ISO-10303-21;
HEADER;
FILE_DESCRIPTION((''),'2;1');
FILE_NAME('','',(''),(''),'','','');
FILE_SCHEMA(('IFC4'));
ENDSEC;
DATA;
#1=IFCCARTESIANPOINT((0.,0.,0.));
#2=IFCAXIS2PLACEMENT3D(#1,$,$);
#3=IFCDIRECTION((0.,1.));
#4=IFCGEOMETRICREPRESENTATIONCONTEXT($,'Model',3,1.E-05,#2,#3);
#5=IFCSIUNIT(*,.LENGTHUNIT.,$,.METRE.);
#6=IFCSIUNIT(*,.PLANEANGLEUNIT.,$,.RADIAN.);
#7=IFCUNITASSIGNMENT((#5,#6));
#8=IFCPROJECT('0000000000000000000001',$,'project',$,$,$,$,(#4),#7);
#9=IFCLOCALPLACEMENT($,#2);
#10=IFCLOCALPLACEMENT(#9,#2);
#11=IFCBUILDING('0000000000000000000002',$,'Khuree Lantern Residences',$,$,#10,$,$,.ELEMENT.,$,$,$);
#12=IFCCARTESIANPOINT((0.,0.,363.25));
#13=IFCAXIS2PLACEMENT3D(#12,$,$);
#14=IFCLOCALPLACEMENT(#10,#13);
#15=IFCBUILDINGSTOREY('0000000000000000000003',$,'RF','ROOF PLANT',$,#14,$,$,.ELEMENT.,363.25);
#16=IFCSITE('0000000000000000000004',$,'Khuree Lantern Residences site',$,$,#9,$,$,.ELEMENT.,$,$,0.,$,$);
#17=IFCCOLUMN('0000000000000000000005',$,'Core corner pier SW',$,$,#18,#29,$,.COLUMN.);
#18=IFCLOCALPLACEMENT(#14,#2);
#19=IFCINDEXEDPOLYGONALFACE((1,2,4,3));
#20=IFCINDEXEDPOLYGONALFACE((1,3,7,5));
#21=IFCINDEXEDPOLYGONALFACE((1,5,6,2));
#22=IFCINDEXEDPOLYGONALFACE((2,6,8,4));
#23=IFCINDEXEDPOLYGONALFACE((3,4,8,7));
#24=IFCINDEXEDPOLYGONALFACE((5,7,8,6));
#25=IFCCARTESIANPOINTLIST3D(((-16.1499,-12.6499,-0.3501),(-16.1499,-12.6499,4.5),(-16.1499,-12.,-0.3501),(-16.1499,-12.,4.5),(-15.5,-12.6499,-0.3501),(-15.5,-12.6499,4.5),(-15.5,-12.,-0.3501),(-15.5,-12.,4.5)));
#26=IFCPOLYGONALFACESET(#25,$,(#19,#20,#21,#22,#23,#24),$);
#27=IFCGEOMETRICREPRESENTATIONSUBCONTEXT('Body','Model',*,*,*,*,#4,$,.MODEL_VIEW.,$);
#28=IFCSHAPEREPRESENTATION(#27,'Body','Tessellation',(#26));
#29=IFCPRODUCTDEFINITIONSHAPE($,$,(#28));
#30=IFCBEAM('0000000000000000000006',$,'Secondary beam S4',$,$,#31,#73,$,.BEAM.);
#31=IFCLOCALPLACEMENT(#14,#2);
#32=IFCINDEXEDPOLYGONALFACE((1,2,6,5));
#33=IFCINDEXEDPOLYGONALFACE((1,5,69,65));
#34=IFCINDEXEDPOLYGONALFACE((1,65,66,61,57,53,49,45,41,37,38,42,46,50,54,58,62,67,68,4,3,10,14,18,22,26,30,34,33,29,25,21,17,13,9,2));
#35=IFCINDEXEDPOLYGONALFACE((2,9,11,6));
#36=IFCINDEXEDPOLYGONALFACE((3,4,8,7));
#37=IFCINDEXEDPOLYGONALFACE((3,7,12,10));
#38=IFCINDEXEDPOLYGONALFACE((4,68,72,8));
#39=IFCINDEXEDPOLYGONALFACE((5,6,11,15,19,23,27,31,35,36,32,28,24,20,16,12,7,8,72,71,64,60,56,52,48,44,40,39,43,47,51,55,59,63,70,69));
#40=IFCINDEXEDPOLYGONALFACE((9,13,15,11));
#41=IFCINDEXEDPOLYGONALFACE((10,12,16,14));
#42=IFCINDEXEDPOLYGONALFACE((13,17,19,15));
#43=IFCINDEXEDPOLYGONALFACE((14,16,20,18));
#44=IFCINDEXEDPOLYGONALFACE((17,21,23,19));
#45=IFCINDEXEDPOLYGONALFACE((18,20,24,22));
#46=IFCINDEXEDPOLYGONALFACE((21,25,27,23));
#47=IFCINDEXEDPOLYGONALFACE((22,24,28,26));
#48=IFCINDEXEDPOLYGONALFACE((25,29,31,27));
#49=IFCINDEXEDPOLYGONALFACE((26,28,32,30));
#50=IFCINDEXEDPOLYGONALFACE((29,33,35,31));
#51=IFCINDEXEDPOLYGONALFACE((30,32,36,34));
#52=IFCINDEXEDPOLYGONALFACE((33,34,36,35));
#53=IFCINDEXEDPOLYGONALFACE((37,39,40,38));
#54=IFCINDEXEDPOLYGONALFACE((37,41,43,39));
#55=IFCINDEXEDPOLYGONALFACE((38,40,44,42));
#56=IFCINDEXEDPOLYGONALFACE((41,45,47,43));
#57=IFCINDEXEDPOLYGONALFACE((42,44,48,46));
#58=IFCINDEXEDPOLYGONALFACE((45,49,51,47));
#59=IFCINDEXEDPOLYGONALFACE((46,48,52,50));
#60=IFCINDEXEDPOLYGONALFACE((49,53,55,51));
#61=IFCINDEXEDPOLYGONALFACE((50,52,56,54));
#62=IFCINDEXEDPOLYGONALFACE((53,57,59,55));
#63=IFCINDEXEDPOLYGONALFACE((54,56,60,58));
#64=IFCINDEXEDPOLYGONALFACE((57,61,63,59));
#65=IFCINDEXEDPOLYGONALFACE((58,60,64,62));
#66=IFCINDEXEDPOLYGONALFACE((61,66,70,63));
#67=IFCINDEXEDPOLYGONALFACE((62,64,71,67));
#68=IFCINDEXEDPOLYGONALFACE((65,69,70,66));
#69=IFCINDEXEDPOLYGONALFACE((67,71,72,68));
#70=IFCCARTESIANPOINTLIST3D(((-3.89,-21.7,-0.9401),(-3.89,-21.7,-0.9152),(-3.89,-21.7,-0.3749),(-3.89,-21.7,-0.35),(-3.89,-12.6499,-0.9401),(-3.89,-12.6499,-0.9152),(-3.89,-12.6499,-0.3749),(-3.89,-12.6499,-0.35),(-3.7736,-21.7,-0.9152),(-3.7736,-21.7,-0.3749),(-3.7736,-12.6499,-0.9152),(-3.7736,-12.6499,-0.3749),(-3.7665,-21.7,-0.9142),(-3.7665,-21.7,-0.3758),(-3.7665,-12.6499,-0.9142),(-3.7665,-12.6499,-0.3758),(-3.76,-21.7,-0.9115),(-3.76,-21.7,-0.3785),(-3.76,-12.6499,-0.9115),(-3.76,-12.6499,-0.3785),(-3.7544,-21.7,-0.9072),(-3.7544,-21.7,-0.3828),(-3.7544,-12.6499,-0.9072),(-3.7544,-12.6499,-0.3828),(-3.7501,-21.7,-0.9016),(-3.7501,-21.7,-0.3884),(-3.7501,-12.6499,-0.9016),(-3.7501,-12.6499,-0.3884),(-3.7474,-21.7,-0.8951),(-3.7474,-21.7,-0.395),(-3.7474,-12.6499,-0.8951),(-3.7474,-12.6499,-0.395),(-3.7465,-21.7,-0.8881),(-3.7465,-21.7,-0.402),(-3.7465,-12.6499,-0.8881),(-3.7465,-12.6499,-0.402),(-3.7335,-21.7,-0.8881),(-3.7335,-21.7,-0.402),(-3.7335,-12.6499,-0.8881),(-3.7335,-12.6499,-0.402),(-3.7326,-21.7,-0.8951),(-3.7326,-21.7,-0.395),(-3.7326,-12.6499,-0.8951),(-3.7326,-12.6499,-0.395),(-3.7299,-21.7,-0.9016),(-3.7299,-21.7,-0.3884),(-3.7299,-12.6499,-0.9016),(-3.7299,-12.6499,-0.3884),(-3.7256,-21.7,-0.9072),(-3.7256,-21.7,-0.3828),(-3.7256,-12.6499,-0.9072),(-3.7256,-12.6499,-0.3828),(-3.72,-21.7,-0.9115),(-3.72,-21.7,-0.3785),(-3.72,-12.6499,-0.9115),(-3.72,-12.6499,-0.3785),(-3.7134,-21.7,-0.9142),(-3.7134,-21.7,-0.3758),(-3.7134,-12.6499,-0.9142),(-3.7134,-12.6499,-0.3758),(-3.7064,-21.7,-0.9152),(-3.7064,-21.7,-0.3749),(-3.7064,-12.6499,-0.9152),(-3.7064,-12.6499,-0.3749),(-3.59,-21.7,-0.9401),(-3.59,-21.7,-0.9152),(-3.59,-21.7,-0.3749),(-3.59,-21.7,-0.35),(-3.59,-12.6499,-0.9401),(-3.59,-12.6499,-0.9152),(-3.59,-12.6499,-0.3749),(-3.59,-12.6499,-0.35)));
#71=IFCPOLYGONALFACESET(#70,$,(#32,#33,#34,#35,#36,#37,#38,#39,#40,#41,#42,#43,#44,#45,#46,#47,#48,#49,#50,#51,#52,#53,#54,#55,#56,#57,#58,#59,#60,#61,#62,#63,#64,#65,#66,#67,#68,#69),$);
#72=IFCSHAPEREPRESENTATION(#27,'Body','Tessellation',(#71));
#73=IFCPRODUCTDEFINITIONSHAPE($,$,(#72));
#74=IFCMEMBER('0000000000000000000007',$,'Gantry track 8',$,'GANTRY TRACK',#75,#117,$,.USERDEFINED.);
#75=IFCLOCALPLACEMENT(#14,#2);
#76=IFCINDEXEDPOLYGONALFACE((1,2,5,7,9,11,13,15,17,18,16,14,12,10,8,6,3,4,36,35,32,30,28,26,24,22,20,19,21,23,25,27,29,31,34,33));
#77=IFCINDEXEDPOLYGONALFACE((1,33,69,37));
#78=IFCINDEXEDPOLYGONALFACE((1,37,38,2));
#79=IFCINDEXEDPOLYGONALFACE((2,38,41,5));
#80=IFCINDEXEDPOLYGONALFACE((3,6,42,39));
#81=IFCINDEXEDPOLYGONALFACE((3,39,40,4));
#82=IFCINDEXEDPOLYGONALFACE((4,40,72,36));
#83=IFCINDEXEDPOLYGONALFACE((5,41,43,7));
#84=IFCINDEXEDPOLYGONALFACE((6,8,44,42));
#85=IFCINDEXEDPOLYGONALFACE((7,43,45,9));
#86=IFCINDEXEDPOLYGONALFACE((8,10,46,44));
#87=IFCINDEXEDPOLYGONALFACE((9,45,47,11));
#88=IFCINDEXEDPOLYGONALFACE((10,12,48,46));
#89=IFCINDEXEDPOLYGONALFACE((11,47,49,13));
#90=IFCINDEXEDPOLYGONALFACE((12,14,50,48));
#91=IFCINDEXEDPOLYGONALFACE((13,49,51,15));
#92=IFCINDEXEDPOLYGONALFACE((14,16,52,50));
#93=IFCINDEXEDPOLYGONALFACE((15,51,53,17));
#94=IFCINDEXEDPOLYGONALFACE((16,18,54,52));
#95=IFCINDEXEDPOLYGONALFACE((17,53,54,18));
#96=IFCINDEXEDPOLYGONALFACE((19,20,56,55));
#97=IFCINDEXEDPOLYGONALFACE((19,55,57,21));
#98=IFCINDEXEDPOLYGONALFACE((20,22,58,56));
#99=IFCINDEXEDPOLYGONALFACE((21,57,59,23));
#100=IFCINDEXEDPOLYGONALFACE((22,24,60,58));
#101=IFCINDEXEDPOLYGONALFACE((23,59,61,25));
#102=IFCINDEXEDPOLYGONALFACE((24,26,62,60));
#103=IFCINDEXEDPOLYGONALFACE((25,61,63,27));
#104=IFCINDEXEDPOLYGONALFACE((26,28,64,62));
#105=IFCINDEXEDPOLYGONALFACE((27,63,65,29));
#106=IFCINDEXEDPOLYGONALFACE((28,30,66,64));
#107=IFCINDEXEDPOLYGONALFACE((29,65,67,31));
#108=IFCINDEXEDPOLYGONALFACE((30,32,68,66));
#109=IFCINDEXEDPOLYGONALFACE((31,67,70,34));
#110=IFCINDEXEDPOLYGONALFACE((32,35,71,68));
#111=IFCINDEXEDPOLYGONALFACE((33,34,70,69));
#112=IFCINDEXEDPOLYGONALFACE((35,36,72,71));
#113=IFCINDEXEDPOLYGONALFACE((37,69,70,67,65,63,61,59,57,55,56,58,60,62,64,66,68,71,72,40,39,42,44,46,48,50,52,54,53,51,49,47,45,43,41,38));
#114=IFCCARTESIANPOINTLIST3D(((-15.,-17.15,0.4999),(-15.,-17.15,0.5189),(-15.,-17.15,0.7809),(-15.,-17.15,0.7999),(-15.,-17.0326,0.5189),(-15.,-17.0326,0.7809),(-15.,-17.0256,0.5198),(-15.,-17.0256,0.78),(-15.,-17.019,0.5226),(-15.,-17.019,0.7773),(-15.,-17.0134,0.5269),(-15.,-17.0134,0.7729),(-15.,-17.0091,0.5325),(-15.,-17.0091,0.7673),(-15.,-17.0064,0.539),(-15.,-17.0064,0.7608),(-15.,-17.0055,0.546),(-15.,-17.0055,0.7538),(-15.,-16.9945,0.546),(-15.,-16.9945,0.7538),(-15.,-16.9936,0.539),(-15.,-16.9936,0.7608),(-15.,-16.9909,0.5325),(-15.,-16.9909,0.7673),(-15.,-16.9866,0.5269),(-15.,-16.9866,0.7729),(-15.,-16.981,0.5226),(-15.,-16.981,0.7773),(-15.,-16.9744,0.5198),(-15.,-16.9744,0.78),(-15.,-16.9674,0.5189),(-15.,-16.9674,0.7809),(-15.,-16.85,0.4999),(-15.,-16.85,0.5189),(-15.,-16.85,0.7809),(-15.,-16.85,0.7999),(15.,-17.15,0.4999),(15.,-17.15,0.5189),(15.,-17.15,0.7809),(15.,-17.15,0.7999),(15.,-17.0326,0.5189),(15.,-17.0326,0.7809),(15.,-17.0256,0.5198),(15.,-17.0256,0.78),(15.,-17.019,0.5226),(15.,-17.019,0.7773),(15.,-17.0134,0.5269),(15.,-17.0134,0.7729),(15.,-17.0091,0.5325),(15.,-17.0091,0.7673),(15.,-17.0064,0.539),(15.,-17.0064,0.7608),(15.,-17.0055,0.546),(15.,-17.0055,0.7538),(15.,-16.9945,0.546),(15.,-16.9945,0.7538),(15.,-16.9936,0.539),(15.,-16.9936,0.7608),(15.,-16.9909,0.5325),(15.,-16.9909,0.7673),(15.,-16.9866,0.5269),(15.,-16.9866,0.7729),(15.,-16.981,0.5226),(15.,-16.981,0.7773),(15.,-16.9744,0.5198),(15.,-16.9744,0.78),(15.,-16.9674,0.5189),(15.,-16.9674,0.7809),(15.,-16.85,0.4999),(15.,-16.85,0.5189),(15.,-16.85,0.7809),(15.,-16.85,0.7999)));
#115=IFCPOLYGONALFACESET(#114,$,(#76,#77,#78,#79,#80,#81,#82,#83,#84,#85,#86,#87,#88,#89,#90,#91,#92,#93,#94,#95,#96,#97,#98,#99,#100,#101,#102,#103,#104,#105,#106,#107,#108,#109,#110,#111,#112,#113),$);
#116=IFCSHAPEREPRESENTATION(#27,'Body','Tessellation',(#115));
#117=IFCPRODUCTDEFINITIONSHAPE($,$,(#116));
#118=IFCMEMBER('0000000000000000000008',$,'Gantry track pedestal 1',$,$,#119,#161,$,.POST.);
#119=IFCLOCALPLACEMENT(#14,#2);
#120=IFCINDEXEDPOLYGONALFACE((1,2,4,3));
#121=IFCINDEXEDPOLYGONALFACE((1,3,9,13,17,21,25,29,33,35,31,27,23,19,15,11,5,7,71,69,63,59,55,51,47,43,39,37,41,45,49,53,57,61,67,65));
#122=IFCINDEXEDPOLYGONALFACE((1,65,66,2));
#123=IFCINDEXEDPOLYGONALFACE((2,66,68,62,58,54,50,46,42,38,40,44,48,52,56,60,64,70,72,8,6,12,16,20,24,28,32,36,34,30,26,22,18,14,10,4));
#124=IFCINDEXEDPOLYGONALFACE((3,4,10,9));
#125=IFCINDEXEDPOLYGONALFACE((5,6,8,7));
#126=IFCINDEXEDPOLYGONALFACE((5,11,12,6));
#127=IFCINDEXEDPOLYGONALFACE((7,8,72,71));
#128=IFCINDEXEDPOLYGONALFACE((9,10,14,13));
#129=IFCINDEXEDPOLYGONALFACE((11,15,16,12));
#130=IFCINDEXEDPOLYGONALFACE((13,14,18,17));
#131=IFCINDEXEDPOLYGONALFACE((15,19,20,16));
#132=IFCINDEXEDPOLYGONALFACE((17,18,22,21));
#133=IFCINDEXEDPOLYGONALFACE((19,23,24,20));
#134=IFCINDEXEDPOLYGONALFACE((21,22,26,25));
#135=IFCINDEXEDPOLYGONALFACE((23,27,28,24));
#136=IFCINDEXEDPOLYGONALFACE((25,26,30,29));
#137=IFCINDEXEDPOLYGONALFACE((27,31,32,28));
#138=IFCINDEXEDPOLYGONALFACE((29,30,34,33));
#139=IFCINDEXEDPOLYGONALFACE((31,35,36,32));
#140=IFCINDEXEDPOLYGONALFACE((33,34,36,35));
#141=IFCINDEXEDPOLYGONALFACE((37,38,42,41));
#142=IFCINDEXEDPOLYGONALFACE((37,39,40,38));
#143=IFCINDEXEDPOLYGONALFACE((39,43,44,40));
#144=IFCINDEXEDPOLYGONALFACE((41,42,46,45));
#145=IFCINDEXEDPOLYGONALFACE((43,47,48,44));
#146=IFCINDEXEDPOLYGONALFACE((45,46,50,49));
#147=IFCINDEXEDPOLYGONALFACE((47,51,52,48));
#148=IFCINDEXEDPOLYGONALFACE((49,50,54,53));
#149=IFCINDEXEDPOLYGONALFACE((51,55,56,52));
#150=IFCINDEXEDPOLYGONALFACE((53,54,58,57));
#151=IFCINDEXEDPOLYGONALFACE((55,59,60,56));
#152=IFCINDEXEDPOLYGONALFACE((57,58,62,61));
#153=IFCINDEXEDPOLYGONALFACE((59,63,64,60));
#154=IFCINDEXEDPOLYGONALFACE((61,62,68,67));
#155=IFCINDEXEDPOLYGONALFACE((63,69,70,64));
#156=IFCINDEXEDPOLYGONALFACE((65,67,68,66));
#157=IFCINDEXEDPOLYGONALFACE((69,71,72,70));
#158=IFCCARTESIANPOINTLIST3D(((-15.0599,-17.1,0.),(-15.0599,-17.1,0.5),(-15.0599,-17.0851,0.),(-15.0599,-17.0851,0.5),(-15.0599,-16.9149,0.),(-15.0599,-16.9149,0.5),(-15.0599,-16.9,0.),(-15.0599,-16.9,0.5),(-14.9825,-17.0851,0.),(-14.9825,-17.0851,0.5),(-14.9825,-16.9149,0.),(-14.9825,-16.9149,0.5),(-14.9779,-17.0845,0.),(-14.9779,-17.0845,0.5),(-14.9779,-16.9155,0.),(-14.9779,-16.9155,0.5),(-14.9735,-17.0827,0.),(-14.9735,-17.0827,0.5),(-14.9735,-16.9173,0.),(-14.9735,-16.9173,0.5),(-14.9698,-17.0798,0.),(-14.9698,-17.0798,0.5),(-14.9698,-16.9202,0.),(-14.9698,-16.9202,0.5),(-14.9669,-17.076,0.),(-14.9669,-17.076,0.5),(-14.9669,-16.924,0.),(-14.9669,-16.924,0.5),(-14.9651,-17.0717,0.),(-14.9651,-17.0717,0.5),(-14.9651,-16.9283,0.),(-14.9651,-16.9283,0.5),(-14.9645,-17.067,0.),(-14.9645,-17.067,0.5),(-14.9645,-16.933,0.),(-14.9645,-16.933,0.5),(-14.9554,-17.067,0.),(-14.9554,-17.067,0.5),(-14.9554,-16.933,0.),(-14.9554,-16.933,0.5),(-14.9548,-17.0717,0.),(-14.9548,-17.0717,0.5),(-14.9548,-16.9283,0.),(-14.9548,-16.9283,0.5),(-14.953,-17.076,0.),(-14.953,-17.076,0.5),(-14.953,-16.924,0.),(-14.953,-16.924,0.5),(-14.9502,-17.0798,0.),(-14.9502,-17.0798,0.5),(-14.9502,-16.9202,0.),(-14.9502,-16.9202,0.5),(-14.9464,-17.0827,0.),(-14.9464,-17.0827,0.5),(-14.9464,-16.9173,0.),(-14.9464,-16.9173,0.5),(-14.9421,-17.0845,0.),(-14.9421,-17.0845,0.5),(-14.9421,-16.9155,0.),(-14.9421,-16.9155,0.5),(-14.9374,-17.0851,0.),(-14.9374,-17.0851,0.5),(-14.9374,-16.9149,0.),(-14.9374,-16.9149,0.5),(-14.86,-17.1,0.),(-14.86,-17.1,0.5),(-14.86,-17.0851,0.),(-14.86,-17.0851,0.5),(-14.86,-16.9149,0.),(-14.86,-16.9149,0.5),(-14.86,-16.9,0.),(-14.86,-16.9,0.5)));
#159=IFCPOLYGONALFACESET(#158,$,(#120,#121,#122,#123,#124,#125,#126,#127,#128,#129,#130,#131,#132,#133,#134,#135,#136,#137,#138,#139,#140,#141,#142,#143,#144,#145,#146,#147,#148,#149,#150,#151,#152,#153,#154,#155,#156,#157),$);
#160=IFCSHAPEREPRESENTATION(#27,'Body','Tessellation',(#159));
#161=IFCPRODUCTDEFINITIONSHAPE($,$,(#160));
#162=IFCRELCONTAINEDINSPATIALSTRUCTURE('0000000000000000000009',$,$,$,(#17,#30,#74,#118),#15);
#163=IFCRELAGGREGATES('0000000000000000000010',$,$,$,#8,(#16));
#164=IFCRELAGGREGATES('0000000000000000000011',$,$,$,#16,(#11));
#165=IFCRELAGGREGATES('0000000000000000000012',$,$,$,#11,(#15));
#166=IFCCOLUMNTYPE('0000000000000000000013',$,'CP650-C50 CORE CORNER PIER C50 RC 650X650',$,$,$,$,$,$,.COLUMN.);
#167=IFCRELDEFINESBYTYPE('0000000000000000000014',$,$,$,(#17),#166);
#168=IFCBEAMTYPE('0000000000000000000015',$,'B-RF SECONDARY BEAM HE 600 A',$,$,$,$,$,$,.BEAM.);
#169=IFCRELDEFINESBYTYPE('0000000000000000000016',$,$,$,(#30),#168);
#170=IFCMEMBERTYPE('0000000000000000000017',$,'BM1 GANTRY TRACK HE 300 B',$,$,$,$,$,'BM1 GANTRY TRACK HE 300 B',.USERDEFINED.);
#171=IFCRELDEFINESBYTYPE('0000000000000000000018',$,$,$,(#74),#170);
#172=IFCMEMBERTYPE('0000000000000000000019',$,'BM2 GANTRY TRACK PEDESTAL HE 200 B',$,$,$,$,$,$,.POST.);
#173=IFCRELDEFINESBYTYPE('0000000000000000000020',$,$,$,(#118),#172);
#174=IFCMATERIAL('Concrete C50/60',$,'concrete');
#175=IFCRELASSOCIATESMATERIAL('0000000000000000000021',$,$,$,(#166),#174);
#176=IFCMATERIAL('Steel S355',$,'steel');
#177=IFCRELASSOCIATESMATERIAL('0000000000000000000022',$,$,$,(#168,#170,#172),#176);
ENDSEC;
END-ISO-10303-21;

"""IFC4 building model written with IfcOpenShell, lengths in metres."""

from ifc_helpers import new_model, si_unit, direction, frame, origin, origin_2d, place, context, subcontext, project, spatial, rectangle, i_section, extrude, material, material_profile, profile_set, type_object, element, save


model = new_model("IFC4")

# Units and contexts
model_context = context("Model", 3, precision=1e-05, world=origin(), true_north=direction((0.0, 1.0)))
body_context = subcontext(model_context, "Body", "Model", "MODEL_VIEW")
ifc_project = project(units=[si_unit("LENGTHUNIT", "METRE"), si_unit("PLANEANGLEUNIT", "RADIAN")], contexts=[model_context])

# Site, building, storey
site_placement = place(None, origin())
site = spatial("IfcSite", under=ifc_project, at=site_placement, Name="Khuree Lantern Residences site", CompositionType="ELEMENT", RefElevation=0.0)
building_placement = place(site_placement, origin())
building = spatial("IfcBuilding", under=site, at=building_placement, Name="Khuree Lantern Residences", CompositionType="ELEMENT")
storey_placement = place(building_placement, frame((0.0, 0.0, 363.25)))
storey = spatial("IfcBuildingStorey", under=building, at=storey_placement, Name="RF", Description="ROOF PLANT", CompositionType="ELEMENT", Elevation=363.25)

# Column
ifc_material_1 = material(Name="Concrete C50/60", Category="concrete")
ifc_material_profile_1 = material_profile(ifc_material_1, rectangle(XDim=0.6499, YDim=0.6499, at=origin_2d()), Name="RC 650X650")
ifc_profile_set_1 = profile_set([ifc_material_profile_1], Name="Concrete C50/60")
column_type = type_object("IfcColumnType", Name="CP650-C50 CORE CORNER PIER C50 RC 650X650", PredefinedType="COLUMN", material=ifc_profile_set_1)
column_placement = place(storey_placement, frame((-15.825, -12.325, -0.3501), z_axis=(0.0, 0.0, 1.0), x_axis=(1.0, 0.0, 0.0)))
element("IfcColumn", 1, at=column_placement, inside=storey, type_object=column_type, Name="Core corner pier SW", PredefinedType="COLUMN", context=body_context, shape_type="SweptSolid", body=[
    extrude(rectangle(XDim=0.6499, YDim=0.6499, at=origin_2d()), origin(), (0.0, 0.0, 1.0), 4.8501),
])

# Beam
ifc_material_2 = material(Name="Steel S355", Category="steel")
ifc_material_profile_2 = material_profile(ifc_material_2, i_section(OverallWidth=0.3, OverallDepth=0.5901, WebThickness=0.0129, FlangeThickness=0.0249, FilletRadius=0.0271, at=origin_2d()), Name="HE 600 A")
ifc_profile_set_2 = profile_set([ifc_material_profile_2], Name="Steel S355")
beam_type_1 = type_object("IfcBeamType", Name="B-RF SECONDARY BEAM HE 600 A", PredefinedType="BEAM", material=ifc_profile_set_2)
beam_1_placement = place(storey_placement, frame((-3.74, -21.7, -0.645), z_axis=(0.0, 1.0, 0.0), x_axis=(-1.0, 0.0, 0.0)))
element("IfcBeam", 2, at=beam_1_placement, inside=storey, type_object=beam_type_1, Name="Secondary beam S4", PredefinedType="BEAM", context=body_context, shape_type="SweptSolid", body=[
    extrude(i_section(OverallWidth=0.3, OverallDepth=0.5901, WebThickness=0.0129, FlangeThickness=0.0249, FilletRadius=0.0271, at=origin_2d()), origin(), (0.0, 0.0, 1.0), 9.05),
])

# Members
ifc_material_profile_3 = material_profile(ifc_material_2, i_section(OverallWidth=0.3, OverallDepth=0.3, WebThickness=0.011, FlangeThickness=0.019, FilletRadius=0.0271, at=origin_2d()), Name="HE 300 B")
ifc_profile_set_3 = profile_set([ifc_material_profile_3], Name="Steel S355")
member_type_1 = type_object("IfcMemberType", Name="BM1 GANTRY TRACK HE 300 B", ElementType="BM1 GANTRY TRACK HE 300 B", PredefinedType="USERDEFINED", material=ifc_profile_set_3)
member_1_placement = place(storey_placement, frame((-15.0, -17.0, 0.6499), z_axis=(1.0, 0.0, 0.0), x_axis=(0.0, 1.0, 0.0)))
element("IfcMember", 3, at=member_1_placement, inside=storey, type_object=member_type_1, Name="Gantry track 8", ObjectType="GANTRY TRACK", PredefinedType="USERDEFINED", context=body_context, shape_type="SweptSolid", body=[
    extrude(i_section(OverallWidth=0.3, OverallDepth=0.3, WebThickness=0.011, FlangeThickness=0.019, FilletRadius=0.0271, at=origin_2d()), origin(), (0.0, 0.0, 1.0), 30.0),
])
ifc_material_profile_4 = material_profile(ifc_material_2, i_section(OverallWidth=0.2, OverallDepth=0.2, WebThickness=0.009, FlangeThickness=0.0149, FilletRadius=0.0181, at=origin_2d()), Name="HE 200 B")
ifc_profile_set_4 = profile_set([ifc_material_profile_4], Name="Steel S355")
member_type_2 = type_object("IfcMemberType", Name="BM2 GANTRY TRACK PEDESTAL HE 200 B", PredefinedType="POST", material=ifc_profile_set_4)
for number, where, z_axis, x_axis, name in (
    (4, (-14.96, -17.0, 0.0), (0.0, 0.0, 1.0), (1.0, 0.0, 0.0), "Gantry track pedestal 1"),
):
    element("IfcMember", number, at=place(storey_placement, frame(where, z_axis=z_axis, x_axis=x_axis)), inside=storey, type_object=member_type_2, Name=name, PredefinedType="POST", context=body_context, shape_type="SweptSolid", body=[
        extrude(i_section(OverallWidth=0.2, OverallDepth=0.2, WebThickness=0.009, FlangeThickness=0.0149, FilletRadius=0.0181, at=origin_2d()), origin(), (0.0, 0.0, 1.0), 0.5),
    ])

save(model, "model.ifc")
